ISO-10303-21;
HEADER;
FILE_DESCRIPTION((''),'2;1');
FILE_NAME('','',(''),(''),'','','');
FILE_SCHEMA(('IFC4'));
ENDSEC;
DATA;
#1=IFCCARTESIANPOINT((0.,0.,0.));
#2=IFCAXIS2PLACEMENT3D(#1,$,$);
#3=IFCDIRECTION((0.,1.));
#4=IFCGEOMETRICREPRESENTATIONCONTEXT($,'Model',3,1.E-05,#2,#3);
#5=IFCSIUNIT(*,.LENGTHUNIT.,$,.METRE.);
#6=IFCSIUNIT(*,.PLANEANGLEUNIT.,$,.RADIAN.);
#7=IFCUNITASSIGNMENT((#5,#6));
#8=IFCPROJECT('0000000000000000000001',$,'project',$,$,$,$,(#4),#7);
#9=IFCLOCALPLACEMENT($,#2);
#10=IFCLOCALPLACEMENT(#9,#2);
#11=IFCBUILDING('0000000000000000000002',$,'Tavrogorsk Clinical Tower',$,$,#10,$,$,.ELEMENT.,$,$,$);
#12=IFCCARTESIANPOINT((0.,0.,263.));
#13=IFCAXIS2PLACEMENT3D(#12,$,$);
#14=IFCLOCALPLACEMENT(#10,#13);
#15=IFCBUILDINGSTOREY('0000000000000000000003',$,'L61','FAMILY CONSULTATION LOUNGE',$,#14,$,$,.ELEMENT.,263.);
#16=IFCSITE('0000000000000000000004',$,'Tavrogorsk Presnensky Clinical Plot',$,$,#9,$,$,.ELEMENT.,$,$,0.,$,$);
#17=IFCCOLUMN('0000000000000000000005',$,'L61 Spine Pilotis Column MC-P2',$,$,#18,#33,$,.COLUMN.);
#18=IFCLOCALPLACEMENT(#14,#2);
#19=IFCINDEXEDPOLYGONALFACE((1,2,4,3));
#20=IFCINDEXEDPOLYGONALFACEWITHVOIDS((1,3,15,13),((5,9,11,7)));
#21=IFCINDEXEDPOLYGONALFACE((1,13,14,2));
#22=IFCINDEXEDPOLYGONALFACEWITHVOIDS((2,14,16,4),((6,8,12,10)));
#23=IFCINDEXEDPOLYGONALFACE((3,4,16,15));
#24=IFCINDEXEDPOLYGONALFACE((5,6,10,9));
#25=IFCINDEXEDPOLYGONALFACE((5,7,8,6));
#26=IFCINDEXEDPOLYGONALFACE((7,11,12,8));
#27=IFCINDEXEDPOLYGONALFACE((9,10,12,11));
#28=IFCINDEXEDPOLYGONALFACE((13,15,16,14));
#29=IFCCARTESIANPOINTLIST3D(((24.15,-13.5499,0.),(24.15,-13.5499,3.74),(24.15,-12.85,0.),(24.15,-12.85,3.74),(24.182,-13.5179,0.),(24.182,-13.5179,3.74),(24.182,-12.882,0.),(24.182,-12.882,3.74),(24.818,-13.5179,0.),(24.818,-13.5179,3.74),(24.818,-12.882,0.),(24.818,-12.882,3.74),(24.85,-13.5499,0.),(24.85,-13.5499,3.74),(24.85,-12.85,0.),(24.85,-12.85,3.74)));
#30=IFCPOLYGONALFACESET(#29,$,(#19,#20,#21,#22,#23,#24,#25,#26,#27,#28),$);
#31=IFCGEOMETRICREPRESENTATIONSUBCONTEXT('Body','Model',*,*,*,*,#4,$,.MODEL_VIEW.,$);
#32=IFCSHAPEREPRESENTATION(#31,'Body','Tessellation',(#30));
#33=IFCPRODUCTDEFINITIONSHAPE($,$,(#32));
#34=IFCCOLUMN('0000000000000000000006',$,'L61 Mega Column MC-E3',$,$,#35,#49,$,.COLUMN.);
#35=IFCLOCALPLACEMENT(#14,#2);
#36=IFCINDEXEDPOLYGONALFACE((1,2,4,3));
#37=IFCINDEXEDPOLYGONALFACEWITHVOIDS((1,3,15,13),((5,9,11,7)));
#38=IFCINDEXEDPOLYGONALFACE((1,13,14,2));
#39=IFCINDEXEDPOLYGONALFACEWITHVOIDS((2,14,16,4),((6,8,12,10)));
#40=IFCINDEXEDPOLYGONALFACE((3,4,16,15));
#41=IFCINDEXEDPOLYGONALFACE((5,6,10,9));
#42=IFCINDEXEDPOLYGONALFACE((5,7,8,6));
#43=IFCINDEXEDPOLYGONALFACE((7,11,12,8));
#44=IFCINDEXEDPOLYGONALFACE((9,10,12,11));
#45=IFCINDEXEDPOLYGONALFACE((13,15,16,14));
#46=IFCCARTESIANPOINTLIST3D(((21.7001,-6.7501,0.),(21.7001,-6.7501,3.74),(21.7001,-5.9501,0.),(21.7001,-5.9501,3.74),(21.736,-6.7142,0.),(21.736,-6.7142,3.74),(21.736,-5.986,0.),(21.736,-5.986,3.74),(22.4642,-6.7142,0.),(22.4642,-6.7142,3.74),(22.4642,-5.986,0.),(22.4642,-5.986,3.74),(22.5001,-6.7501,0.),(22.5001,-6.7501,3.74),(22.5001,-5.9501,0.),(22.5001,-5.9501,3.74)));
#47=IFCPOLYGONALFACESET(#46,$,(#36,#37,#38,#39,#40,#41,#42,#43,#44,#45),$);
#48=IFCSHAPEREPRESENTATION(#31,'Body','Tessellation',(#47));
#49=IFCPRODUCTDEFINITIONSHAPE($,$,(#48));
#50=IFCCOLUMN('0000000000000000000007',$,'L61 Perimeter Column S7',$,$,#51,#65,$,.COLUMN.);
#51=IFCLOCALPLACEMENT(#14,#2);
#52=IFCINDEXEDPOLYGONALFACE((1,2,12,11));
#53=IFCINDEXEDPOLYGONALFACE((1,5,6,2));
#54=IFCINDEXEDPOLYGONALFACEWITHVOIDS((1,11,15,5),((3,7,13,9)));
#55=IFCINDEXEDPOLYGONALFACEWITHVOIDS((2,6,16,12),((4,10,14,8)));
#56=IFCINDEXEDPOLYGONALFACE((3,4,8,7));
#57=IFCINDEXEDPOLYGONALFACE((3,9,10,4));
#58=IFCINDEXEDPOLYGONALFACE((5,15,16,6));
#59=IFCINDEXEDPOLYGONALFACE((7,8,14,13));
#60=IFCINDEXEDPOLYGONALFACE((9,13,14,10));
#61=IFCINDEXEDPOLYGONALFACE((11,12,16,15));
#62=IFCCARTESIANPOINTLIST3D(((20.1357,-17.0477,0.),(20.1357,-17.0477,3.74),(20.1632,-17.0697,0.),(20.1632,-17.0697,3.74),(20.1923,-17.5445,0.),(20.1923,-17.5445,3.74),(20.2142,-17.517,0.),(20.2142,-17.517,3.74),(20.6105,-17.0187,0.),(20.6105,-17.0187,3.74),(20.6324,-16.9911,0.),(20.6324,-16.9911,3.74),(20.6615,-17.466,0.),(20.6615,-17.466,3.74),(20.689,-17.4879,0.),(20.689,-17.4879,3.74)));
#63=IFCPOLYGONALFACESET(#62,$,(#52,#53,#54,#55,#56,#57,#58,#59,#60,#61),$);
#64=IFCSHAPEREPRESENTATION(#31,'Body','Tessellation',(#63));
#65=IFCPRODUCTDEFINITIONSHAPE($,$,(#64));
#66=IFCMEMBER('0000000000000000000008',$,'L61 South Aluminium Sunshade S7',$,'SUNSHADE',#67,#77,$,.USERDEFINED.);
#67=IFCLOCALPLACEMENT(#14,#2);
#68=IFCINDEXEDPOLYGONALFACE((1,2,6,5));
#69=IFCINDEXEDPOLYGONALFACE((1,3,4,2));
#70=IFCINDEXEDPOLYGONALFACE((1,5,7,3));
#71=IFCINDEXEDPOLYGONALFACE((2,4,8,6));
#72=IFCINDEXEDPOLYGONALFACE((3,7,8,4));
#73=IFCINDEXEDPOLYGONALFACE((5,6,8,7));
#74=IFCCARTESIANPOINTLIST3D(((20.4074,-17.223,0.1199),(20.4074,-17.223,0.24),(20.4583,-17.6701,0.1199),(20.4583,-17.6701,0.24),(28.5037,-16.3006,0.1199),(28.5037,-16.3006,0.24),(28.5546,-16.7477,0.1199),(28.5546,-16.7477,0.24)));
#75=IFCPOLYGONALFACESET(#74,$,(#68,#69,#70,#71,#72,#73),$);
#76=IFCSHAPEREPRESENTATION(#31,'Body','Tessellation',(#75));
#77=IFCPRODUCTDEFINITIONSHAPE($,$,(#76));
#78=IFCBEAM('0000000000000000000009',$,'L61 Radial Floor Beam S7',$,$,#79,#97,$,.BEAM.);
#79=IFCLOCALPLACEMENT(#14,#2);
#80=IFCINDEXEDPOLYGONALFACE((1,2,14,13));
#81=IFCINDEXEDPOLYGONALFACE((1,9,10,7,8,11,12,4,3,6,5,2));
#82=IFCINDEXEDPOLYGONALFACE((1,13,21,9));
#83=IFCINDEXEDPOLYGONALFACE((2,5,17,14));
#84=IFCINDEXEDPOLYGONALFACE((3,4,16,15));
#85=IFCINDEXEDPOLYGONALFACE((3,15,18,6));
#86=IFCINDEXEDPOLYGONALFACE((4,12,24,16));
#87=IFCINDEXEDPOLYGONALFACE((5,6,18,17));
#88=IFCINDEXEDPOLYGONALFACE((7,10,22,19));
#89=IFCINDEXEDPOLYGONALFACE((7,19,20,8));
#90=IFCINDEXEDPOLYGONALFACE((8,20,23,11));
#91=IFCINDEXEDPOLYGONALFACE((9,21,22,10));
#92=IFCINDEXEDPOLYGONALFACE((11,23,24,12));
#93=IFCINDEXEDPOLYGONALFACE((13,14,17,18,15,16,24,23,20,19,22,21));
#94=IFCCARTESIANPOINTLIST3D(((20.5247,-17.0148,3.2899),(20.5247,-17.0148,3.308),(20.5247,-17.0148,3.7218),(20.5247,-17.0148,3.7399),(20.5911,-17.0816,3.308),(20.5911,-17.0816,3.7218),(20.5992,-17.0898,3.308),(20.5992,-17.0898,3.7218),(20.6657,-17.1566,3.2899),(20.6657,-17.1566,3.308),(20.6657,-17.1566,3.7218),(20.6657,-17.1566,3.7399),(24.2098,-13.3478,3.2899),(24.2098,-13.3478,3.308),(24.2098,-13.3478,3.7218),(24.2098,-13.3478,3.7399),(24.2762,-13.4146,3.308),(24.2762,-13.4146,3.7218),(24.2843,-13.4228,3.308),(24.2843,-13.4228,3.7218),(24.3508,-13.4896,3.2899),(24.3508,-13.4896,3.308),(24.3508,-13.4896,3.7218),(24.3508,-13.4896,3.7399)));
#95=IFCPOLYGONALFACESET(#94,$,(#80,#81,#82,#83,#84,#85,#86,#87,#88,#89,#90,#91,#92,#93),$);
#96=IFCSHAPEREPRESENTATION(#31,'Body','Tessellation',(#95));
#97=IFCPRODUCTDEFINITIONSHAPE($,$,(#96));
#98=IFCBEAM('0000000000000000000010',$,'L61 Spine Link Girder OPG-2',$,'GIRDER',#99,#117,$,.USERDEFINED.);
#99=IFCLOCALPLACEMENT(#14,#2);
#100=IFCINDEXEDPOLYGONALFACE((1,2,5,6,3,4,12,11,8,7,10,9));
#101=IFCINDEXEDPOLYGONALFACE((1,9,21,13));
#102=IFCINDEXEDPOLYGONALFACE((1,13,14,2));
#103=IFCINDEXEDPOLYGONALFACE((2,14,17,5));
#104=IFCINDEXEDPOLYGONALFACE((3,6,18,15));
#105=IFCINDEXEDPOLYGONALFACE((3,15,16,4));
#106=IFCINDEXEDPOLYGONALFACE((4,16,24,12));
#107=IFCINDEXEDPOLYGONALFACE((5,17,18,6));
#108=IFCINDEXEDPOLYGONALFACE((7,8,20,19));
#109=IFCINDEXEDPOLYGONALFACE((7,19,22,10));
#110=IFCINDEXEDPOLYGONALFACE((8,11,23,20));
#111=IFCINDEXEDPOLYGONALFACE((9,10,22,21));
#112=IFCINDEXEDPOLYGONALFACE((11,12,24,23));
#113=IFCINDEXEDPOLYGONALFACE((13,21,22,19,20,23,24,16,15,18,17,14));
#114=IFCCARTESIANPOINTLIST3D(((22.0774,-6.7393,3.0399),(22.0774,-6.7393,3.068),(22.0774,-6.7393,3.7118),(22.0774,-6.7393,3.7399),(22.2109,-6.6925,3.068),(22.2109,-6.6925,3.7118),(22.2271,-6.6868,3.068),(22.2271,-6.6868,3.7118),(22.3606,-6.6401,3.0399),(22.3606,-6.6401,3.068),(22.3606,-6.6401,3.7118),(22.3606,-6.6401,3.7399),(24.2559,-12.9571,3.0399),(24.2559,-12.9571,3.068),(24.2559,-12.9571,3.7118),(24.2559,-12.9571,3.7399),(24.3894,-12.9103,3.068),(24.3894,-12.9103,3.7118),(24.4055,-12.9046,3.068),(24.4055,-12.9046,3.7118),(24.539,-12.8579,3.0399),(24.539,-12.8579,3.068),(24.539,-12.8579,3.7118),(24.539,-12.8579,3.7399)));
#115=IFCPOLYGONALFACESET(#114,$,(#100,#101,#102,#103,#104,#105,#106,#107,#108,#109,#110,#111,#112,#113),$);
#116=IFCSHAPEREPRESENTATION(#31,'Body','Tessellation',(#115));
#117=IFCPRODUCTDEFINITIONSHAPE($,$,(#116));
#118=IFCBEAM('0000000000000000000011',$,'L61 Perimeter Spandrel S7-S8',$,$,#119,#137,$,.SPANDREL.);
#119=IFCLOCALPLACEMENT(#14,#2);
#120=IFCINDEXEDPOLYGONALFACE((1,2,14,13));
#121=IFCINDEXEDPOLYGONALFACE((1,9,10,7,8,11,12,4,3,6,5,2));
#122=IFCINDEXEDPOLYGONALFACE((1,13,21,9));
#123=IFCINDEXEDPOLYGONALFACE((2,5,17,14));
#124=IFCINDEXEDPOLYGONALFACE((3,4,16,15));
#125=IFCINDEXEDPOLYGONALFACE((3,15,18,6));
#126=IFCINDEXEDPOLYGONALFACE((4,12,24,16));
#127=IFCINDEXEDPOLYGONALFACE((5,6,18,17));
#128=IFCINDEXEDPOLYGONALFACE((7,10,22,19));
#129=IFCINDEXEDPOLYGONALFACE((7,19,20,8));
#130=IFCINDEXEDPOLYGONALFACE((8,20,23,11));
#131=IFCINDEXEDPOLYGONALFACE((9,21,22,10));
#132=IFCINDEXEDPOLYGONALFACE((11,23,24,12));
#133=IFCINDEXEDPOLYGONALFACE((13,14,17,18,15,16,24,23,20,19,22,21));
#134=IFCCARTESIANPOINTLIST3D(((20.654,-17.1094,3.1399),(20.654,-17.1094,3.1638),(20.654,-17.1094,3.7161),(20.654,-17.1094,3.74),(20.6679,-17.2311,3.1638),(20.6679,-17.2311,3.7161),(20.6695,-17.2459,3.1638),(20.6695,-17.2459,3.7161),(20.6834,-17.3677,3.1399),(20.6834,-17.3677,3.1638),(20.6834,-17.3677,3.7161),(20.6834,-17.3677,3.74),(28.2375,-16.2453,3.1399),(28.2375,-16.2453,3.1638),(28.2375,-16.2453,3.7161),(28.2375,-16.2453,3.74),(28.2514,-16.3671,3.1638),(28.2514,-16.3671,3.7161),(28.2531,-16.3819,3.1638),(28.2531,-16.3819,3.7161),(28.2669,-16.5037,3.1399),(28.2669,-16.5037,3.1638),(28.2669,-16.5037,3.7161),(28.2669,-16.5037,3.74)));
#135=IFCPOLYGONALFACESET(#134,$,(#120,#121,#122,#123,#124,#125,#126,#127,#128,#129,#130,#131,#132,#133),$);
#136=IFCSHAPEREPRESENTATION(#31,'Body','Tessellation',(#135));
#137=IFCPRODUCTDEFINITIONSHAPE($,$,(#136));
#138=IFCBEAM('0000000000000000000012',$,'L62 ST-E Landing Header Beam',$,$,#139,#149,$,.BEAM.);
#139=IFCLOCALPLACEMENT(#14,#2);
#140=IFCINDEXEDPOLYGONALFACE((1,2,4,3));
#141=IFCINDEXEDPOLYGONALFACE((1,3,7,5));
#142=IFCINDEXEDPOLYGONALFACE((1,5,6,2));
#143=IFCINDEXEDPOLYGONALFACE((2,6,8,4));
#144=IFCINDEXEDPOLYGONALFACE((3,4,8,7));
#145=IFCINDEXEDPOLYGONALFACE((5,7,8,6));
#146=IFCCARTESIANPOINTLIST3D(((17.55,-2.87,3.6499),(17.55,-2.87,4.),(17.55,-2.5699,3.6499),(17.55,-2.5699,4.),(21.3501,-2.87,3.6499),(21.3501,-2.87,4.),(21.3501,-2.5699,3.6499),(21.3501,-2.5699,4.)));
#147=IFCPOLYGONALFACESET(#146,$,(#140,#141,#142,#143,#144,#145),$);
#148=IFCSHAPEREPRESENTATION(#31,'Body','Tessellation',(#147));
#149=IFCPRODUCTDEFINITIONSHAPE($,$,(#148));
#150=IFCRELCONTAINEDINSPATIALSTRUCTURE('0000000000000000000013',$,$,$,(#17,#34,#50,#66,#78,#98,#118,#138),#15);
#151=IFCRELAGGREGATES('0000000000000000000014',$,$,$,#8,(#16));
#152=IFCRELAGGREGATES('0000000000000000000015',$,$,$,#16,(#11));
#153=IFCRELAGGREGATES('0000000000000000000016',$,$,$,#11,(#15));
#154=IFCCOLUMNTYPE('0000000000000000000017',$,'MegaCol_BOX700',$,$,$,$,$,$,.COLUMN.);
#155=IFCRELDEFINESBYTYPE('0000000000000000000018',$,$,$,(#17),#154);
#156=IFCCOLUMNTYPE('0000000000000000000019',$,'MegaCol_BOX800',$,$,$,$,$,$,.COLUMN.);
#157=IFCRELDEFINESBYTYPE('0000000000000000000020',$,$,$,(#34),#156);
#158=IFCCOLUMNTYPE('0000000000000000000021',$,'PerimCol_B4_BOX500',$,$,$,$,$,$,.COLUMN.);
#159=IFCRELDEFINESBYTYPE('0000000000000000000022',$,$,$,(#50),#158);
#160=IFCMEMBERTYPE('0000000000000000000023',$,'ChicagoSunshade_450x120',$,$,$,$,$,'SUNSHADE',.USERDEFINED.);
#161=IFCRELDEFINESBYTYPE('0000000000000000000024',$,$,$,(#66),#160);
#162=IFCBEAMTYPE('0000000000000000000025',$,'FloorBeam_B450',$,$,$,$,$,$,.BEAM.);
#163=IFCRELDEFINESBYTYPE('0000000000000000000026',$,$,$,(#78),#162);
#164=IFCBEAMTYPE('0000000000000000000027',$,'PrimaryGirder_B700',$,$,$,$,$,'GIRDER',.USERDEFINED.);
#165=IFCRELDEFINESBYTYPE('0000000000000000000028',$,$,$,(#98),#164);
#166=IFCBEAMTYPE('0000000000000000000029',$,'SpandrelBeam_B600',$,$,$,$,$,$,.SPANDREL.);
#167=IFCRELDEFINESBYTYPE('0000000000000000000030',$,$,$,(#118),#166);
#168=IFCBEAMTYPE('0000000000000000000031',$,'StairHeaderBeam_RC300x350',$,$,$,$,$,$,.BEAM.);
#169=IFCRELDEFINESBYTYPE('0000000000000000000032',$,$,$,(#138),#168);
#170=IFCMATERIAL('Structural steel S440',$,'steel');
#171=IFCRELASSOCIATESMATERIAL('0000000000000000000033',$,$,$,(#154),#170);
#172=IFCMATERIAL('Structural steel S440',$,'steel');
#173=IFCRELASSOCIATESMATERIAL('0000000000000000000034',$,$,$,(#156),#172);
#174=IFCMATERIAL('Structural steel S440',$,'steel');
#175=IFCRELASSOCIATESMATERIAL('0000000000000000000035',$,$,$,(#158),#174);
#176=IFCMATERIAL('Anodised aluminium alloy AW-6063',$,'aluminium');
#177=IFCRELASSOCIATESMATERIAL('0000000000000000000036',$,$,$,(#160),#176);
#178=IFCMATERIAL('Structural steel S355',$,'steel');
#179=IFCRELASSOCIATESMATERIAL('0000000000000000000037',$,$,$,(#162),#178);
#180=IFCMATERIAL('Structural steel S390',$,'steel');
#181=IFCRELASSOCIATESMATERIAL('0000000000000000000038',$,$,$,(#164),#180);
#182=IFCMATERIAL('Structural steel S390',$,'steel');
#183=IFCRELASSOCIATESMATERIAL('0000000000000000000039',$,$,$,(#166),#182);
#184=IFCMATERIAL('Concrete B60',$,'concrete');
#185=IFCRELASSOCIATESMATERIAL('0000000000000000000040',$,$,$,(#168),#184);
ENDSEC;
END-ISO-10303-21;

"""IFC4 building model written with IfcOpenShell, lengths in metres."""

from ifc_helpers import new_model, si_unit, direction, frame, origin, origin_2d, place, context, subcontext, project, spatial, rectangle, hollow_rectangle, i_section, extrude, material, material_profile, profile_set, type_object, element, save


model = new_model("IFC4")

# Units and contexts
model_context = context("Model", 3, precision=1e-05, world=origin(), true_north=direction((0.0, 1.0)))
body_context = subcontext(model_context, "Body", "Model", "MODEL_VIEW")
ifc_project = project(units=[si_unit("LENGTHUNIT", "METRE"), si_unit("PLANEANGLEUNIT", "RADIAN")], contexts=[model_context])

# Site, building, storey
site_placement = place(None, origin())
site = spatial("IfcSite", under=ifc_project, at=site_placement, Name="Tavrogorsk Presnensky Clinical Plot", CompositionType="ELEMENT", RefElevation=0.0)
building_placement = place(site_placement, origin())
building = spatial("IfcBuilding", under=site, at=building_placement, Name="Tavrogorsk Clinical Tower", CompositionType="ELEMENT")
storey_placement = place(building_placement, frame((0.0, 0.0, 263.0)))
storey = spatial("IfcBuildingStorey", under=building, at=storey_placement, Name="L61", Description="FAMILY CONSULTATION LOUNGE", CompositionType="ELEMENT", Elevation=263.0)

# Columns
ifc_material_1 = material(Name="Structural steel S440", Category="steel")
ifc_material_profile_1 = material_profile(ifc_material_1, hollow_rectangle(XDim=0.7, YDim=0.7, WallThickness=0.032, at=origin_2d()), Name="BOX-700x700x32")
ifc_profile_set_1 = profile_set([ifc_material_profile_1], Name="Structural steel S440")
column_type_1 = type_object("IfcColumnType", Name="MegaCol_BOX700", PredefinedType="COLUMN", material=ifc_profile_set_1)
column_1_placement = place(storey_placement, frame((24.5, -13.2, 0.0), z_axis=(0.0, 0.0, 1.0), x_axis=(1.0, 0.0, 0.0)))
element("IfcColumn", 1, at=column_1_placement, inside=storey, type_object=column_type_1, Name="L61 Spine Pilotis Column MC-P2", PredefinedType="COLUMN", context=body_context, shape_type="SweptSolid", body=[
    extrude(hollow_rectangle(XDim=0.7, YDim=0.7, WallThickness=0.032, at=origin_2d()), origin(), (0.0, 0.0, 1.0), 3.74),
])
ifc_material_2 = material(Name="Structural steel S440", Category="steel")
ifc_material_profile_2 = material_profile(ifc_material_2, hollow_rectangle(XDim=0.8, YDim=0.8, WallThickness=0.0359, at=origin_2d()), Name="BOX-800x800x36")
ifc_profile_set_2 = profile_set([ifc_material_profile_2], Name="Structural steel S440")
column_type_2 = type_object("IfcColumnType", Name="MegaCol_BOX800", PredefinedType="COLUMN", material=ifc_profile_set_2)
column_2_placement = place(storey_placement, frame((22.1001, -6.3501, 0.0), z_axis=(0.0, 0.0, 1.0), x_axis=(1.0, 0.0, 0.0)))
element("IfcColumn", 2, at=column_2_placement, inside=storey, type_object=column_type_2, Name="L61 Mega Column MC-E3", PredefinedType="COLUMN", context=body_context, shape_type="SweptSolid", body=[
    extrude(hollow_rectangle(XDim=0.8, YDim=0.8, WallThickness=0.0359, at=origin_2d()), origin(), (0.0, 0.0, 1.0), 3.74),
])
ifc_material_3 = material(Name="Structural steel S440", Category="steel")
ifc_material_profile_3 = material_profile(ifc_material_3, hollow_rectangle(XDim=0.5, YDim=0.5, WallThickness=0.0249, at=origin_2d()), Name="BOX-500x500x25")
ifc_profile_set_3 = profile_set([ifc_material_profile_3], Name="Structural steel S440")
column_type_3 = type_object("IfcColumnType", Name="PerimCol_B4_BOX500", PredefinedType="COLUMN", material=ifc_profile_set_3)
column_3_placement = place(storey_placement, frame((20.4124, -17.2678, 0.0), z_axis=(0.0, 0.0, 1.0), x_axis=(0.993572, 0.113203, 0.0)))
element("IfcColumn", 3, at=column_3_placement, inside=storey, type_object=column_type_3, Name="L61 Perimeter Column S7", PredefinedType="COLUMN", context=body_context, shape_type="SweptSolid", body=[
    extrude(hollow_rectangle(XDim=0.5, YDim=0.5, WallThickness=0.0249, at=origin_2d()), origin(), (0.0, 0.0, 1.0), 3.74),
])

# Member
ifc_material_4 = material(Name="Anodised aluminium alloy AW-6063", Category="aluminium")
ifc_material_profile_4 = material_profile(ifc_material_4, rectangle(XDim=0.45, YDim=0.1201, at=origin_2d()), Name="ALU-SUNSHADE-450x120")
ifc_profile_set_4 = profile_set([ifc_material_profile_4], Name="Anodised aluminium alloy AW-6063")
member_type = type_object("IfcMemberType", Name="ChicagoSunshade_450x120", ElementType="SUNSHADE", PredefinedType="USERDEFINED", material=ifc_profile_set_4)
member_placement = place(storey_placement, frame((20.4329, -17.4465, 0.1799), z_axis=(0.993573, 0.113193, 0.0), x_axis=(-0.113193, 0.993573, 0.0)))
element("IfcMember", 4, at=member_placement, inside=storey, type_object=member_type, Name="L61 South Aluminium Sunshade S7", ObjectType="SUNSHADE", PredefinedType="USERDEFINED", context=body_context, shape_type="SweptSolid", body=[
    extrude(rectangle(XDim=0.45, YDim=0.1201, at=origin_2d()), origin(), (0.0, 0.0, 1.0), 8.1487),
])

# Beams
ifc_material_5 = material(Name="Structural steel S355", Category="steel")
ifc_material_profile_5 = material_profile(ifc_material_5, i_section(OverallWidth=0.2, OverallDepth=0.45, WebThickness=0.0115, FlangeThickness=0.0181, at=origin_2d()), Name="B-450x200x11.5x18")
ifc_profile_set_5 = profile_set([ifc_material_profile_5], Name="Structural steel S355")
beam_type_1 = type_object("IfcBeamType", Name="FloorBeam_B450", PredefinedType="BEAM", material=ifc_profile_set_5)
beam_1_placement = place(storey_placement, frame((24.2803, -13.4187, 3.5149), z_axis=(-0.708842, -0.705367, 0.0), x_axis=(0.705367, -0.708842, 0.0)))
element("IfcBeam", 5, at=beam_1_placement, inside=storey, type_object=beam_type_1, Name="L61 Radial Floor Beam S7", PredefinedType="BEAM", context=body_context, shape_type="SweptSolid", body=[
    extrude(i_section(OverallWidth=0.2, OverallDepth=0.45, WebThickness=0.0115, FlangeThickness=0.0181, at=origin_2d()), origin(), (0.0, 0.0, 1.0), 5.1987),
])
ifc_material_6 = material(Name="Structural steel S390", Category="steel")
ifc_material_profile_6 = material_profile(ifc_material_6, i_section(OverallWidth=0.3, OverallDepth=0.7, WebThickness=0.0171, FlangeThickness=0.0281, at=origin_2d()), Name="B-700x300x17x28")
ifc_profile_set_6 = profile_set([ifc_material_profile_6], Name="Structural steel S390")
beam_type_2 = type_object("IfcBeamType", Name="PrimaryGirder_B700", ElementType="GIRDER", PredefinedType="USERDEFINED", material=ifc_profile_set_6)
beam_2_placement = place(storey_placement, frame((24.3975, -12.9075, 3.3899), z_axis=(-0.330654, 0.943752, 0.0), x_axis=(-0.943752, -0.330654, 0.0)))
element("IfcBeam", 6, at=beam_2_placement, inside=storey, type_object=beam_type_2, Name="L61 Spine Link Girder OPG-2", ObjectType="GIRDER", PredefinedType="USERDEFINED", context=body_context, shape_type="SweptSolid", body=[
    extrude(i_section(OverallWidth=0.3, OverallDepth=0.7, WebThickness=0.0171, FlangeThickness=0.0281, at=origin_2d()), origin(), (0.0, 0.0, 1.0), 6.5884),
])
ifc_material_7 = material(Name="Structural steel S390", Category="steel")
ifc_material_profile_7 = material_profile(ifc_material_7, i_section(OverallWidth=0.26, OverallDepth=0.6001, WebThickness=0.0149, FlangeThickness=0.0239, at=origin_2d()), Name="B-600x260x15x24")
ifc_profile_set_7 = profile_set([ifc_material_profile_7], Name="Structural steel S390")
beam_type_3 = type_object("IfcBeamType", Name="SpandrelBeam_B600", PredefinedType="SPANDREL", material=ifc_profile_set_7)
beam_3_placement = place(storey_placement, frame((20.6687, -17.2385, 3.4399), z_axis=(0.993572, 0.113201, 0.0), x_axis=(-0.113201, 0.993572, 0.0)))
element("IfcBeam", 7, at=beam_3_placement, inside=storey, type_object=beam_type_3, Name="L61 Perimeter Spandrel S7-S8", PredefinedType="SPANDREL", context=body_context, shape_type="SweptSolid", body=[
    extrude(i_section(OverallWidth=0.26, OverallDepth=0.6001, WebThickness=0.0149, FlangeThickness=0.0239, at=origin_2d()), origin(), (0.0, 0.0, 1.0), 7.6326),
])
ifc_material_8 = material(Name="Concrete B60", Category="concrete")
ifc_material_profile_8 = material_profile(ifc_material_8, rectangle(XDim=0.3, YDim=0.3501, at=origin_2d()), Name="RC-SHB-300x350")
ifc_profile_set_8 = profile_set([ifc_material_profile_8], Name="Concrete B60")
beam_type_4 = type_object("IfcBeamType", Name="StairHeaderBeam_RC300x350", PredefinedType="BEAM", material=ifc_profile_set_8)
beam_4_placement = place(storey_placement, frame((17.55, -2.72, 3.825), z_axis=(1.0, 0.0, 0.0), x_axis=(0.0, 1.0, 0.0)))
element("IfcBeam", 8, at=beam_4_placement, inside=storey, type_object=beam_type_4, Name="L62 ST-E Landing Header Beam", PredefinedType="BEAM", context=body_context, shape_type="SweptSolid", body=[
    extrude(rectangle(XDim=0.3, YDim=0.3501, at=origin_2d()), origin(), (0.0, 0.0, 1.0), 3.8),
])

save(model, "model.ifc")
